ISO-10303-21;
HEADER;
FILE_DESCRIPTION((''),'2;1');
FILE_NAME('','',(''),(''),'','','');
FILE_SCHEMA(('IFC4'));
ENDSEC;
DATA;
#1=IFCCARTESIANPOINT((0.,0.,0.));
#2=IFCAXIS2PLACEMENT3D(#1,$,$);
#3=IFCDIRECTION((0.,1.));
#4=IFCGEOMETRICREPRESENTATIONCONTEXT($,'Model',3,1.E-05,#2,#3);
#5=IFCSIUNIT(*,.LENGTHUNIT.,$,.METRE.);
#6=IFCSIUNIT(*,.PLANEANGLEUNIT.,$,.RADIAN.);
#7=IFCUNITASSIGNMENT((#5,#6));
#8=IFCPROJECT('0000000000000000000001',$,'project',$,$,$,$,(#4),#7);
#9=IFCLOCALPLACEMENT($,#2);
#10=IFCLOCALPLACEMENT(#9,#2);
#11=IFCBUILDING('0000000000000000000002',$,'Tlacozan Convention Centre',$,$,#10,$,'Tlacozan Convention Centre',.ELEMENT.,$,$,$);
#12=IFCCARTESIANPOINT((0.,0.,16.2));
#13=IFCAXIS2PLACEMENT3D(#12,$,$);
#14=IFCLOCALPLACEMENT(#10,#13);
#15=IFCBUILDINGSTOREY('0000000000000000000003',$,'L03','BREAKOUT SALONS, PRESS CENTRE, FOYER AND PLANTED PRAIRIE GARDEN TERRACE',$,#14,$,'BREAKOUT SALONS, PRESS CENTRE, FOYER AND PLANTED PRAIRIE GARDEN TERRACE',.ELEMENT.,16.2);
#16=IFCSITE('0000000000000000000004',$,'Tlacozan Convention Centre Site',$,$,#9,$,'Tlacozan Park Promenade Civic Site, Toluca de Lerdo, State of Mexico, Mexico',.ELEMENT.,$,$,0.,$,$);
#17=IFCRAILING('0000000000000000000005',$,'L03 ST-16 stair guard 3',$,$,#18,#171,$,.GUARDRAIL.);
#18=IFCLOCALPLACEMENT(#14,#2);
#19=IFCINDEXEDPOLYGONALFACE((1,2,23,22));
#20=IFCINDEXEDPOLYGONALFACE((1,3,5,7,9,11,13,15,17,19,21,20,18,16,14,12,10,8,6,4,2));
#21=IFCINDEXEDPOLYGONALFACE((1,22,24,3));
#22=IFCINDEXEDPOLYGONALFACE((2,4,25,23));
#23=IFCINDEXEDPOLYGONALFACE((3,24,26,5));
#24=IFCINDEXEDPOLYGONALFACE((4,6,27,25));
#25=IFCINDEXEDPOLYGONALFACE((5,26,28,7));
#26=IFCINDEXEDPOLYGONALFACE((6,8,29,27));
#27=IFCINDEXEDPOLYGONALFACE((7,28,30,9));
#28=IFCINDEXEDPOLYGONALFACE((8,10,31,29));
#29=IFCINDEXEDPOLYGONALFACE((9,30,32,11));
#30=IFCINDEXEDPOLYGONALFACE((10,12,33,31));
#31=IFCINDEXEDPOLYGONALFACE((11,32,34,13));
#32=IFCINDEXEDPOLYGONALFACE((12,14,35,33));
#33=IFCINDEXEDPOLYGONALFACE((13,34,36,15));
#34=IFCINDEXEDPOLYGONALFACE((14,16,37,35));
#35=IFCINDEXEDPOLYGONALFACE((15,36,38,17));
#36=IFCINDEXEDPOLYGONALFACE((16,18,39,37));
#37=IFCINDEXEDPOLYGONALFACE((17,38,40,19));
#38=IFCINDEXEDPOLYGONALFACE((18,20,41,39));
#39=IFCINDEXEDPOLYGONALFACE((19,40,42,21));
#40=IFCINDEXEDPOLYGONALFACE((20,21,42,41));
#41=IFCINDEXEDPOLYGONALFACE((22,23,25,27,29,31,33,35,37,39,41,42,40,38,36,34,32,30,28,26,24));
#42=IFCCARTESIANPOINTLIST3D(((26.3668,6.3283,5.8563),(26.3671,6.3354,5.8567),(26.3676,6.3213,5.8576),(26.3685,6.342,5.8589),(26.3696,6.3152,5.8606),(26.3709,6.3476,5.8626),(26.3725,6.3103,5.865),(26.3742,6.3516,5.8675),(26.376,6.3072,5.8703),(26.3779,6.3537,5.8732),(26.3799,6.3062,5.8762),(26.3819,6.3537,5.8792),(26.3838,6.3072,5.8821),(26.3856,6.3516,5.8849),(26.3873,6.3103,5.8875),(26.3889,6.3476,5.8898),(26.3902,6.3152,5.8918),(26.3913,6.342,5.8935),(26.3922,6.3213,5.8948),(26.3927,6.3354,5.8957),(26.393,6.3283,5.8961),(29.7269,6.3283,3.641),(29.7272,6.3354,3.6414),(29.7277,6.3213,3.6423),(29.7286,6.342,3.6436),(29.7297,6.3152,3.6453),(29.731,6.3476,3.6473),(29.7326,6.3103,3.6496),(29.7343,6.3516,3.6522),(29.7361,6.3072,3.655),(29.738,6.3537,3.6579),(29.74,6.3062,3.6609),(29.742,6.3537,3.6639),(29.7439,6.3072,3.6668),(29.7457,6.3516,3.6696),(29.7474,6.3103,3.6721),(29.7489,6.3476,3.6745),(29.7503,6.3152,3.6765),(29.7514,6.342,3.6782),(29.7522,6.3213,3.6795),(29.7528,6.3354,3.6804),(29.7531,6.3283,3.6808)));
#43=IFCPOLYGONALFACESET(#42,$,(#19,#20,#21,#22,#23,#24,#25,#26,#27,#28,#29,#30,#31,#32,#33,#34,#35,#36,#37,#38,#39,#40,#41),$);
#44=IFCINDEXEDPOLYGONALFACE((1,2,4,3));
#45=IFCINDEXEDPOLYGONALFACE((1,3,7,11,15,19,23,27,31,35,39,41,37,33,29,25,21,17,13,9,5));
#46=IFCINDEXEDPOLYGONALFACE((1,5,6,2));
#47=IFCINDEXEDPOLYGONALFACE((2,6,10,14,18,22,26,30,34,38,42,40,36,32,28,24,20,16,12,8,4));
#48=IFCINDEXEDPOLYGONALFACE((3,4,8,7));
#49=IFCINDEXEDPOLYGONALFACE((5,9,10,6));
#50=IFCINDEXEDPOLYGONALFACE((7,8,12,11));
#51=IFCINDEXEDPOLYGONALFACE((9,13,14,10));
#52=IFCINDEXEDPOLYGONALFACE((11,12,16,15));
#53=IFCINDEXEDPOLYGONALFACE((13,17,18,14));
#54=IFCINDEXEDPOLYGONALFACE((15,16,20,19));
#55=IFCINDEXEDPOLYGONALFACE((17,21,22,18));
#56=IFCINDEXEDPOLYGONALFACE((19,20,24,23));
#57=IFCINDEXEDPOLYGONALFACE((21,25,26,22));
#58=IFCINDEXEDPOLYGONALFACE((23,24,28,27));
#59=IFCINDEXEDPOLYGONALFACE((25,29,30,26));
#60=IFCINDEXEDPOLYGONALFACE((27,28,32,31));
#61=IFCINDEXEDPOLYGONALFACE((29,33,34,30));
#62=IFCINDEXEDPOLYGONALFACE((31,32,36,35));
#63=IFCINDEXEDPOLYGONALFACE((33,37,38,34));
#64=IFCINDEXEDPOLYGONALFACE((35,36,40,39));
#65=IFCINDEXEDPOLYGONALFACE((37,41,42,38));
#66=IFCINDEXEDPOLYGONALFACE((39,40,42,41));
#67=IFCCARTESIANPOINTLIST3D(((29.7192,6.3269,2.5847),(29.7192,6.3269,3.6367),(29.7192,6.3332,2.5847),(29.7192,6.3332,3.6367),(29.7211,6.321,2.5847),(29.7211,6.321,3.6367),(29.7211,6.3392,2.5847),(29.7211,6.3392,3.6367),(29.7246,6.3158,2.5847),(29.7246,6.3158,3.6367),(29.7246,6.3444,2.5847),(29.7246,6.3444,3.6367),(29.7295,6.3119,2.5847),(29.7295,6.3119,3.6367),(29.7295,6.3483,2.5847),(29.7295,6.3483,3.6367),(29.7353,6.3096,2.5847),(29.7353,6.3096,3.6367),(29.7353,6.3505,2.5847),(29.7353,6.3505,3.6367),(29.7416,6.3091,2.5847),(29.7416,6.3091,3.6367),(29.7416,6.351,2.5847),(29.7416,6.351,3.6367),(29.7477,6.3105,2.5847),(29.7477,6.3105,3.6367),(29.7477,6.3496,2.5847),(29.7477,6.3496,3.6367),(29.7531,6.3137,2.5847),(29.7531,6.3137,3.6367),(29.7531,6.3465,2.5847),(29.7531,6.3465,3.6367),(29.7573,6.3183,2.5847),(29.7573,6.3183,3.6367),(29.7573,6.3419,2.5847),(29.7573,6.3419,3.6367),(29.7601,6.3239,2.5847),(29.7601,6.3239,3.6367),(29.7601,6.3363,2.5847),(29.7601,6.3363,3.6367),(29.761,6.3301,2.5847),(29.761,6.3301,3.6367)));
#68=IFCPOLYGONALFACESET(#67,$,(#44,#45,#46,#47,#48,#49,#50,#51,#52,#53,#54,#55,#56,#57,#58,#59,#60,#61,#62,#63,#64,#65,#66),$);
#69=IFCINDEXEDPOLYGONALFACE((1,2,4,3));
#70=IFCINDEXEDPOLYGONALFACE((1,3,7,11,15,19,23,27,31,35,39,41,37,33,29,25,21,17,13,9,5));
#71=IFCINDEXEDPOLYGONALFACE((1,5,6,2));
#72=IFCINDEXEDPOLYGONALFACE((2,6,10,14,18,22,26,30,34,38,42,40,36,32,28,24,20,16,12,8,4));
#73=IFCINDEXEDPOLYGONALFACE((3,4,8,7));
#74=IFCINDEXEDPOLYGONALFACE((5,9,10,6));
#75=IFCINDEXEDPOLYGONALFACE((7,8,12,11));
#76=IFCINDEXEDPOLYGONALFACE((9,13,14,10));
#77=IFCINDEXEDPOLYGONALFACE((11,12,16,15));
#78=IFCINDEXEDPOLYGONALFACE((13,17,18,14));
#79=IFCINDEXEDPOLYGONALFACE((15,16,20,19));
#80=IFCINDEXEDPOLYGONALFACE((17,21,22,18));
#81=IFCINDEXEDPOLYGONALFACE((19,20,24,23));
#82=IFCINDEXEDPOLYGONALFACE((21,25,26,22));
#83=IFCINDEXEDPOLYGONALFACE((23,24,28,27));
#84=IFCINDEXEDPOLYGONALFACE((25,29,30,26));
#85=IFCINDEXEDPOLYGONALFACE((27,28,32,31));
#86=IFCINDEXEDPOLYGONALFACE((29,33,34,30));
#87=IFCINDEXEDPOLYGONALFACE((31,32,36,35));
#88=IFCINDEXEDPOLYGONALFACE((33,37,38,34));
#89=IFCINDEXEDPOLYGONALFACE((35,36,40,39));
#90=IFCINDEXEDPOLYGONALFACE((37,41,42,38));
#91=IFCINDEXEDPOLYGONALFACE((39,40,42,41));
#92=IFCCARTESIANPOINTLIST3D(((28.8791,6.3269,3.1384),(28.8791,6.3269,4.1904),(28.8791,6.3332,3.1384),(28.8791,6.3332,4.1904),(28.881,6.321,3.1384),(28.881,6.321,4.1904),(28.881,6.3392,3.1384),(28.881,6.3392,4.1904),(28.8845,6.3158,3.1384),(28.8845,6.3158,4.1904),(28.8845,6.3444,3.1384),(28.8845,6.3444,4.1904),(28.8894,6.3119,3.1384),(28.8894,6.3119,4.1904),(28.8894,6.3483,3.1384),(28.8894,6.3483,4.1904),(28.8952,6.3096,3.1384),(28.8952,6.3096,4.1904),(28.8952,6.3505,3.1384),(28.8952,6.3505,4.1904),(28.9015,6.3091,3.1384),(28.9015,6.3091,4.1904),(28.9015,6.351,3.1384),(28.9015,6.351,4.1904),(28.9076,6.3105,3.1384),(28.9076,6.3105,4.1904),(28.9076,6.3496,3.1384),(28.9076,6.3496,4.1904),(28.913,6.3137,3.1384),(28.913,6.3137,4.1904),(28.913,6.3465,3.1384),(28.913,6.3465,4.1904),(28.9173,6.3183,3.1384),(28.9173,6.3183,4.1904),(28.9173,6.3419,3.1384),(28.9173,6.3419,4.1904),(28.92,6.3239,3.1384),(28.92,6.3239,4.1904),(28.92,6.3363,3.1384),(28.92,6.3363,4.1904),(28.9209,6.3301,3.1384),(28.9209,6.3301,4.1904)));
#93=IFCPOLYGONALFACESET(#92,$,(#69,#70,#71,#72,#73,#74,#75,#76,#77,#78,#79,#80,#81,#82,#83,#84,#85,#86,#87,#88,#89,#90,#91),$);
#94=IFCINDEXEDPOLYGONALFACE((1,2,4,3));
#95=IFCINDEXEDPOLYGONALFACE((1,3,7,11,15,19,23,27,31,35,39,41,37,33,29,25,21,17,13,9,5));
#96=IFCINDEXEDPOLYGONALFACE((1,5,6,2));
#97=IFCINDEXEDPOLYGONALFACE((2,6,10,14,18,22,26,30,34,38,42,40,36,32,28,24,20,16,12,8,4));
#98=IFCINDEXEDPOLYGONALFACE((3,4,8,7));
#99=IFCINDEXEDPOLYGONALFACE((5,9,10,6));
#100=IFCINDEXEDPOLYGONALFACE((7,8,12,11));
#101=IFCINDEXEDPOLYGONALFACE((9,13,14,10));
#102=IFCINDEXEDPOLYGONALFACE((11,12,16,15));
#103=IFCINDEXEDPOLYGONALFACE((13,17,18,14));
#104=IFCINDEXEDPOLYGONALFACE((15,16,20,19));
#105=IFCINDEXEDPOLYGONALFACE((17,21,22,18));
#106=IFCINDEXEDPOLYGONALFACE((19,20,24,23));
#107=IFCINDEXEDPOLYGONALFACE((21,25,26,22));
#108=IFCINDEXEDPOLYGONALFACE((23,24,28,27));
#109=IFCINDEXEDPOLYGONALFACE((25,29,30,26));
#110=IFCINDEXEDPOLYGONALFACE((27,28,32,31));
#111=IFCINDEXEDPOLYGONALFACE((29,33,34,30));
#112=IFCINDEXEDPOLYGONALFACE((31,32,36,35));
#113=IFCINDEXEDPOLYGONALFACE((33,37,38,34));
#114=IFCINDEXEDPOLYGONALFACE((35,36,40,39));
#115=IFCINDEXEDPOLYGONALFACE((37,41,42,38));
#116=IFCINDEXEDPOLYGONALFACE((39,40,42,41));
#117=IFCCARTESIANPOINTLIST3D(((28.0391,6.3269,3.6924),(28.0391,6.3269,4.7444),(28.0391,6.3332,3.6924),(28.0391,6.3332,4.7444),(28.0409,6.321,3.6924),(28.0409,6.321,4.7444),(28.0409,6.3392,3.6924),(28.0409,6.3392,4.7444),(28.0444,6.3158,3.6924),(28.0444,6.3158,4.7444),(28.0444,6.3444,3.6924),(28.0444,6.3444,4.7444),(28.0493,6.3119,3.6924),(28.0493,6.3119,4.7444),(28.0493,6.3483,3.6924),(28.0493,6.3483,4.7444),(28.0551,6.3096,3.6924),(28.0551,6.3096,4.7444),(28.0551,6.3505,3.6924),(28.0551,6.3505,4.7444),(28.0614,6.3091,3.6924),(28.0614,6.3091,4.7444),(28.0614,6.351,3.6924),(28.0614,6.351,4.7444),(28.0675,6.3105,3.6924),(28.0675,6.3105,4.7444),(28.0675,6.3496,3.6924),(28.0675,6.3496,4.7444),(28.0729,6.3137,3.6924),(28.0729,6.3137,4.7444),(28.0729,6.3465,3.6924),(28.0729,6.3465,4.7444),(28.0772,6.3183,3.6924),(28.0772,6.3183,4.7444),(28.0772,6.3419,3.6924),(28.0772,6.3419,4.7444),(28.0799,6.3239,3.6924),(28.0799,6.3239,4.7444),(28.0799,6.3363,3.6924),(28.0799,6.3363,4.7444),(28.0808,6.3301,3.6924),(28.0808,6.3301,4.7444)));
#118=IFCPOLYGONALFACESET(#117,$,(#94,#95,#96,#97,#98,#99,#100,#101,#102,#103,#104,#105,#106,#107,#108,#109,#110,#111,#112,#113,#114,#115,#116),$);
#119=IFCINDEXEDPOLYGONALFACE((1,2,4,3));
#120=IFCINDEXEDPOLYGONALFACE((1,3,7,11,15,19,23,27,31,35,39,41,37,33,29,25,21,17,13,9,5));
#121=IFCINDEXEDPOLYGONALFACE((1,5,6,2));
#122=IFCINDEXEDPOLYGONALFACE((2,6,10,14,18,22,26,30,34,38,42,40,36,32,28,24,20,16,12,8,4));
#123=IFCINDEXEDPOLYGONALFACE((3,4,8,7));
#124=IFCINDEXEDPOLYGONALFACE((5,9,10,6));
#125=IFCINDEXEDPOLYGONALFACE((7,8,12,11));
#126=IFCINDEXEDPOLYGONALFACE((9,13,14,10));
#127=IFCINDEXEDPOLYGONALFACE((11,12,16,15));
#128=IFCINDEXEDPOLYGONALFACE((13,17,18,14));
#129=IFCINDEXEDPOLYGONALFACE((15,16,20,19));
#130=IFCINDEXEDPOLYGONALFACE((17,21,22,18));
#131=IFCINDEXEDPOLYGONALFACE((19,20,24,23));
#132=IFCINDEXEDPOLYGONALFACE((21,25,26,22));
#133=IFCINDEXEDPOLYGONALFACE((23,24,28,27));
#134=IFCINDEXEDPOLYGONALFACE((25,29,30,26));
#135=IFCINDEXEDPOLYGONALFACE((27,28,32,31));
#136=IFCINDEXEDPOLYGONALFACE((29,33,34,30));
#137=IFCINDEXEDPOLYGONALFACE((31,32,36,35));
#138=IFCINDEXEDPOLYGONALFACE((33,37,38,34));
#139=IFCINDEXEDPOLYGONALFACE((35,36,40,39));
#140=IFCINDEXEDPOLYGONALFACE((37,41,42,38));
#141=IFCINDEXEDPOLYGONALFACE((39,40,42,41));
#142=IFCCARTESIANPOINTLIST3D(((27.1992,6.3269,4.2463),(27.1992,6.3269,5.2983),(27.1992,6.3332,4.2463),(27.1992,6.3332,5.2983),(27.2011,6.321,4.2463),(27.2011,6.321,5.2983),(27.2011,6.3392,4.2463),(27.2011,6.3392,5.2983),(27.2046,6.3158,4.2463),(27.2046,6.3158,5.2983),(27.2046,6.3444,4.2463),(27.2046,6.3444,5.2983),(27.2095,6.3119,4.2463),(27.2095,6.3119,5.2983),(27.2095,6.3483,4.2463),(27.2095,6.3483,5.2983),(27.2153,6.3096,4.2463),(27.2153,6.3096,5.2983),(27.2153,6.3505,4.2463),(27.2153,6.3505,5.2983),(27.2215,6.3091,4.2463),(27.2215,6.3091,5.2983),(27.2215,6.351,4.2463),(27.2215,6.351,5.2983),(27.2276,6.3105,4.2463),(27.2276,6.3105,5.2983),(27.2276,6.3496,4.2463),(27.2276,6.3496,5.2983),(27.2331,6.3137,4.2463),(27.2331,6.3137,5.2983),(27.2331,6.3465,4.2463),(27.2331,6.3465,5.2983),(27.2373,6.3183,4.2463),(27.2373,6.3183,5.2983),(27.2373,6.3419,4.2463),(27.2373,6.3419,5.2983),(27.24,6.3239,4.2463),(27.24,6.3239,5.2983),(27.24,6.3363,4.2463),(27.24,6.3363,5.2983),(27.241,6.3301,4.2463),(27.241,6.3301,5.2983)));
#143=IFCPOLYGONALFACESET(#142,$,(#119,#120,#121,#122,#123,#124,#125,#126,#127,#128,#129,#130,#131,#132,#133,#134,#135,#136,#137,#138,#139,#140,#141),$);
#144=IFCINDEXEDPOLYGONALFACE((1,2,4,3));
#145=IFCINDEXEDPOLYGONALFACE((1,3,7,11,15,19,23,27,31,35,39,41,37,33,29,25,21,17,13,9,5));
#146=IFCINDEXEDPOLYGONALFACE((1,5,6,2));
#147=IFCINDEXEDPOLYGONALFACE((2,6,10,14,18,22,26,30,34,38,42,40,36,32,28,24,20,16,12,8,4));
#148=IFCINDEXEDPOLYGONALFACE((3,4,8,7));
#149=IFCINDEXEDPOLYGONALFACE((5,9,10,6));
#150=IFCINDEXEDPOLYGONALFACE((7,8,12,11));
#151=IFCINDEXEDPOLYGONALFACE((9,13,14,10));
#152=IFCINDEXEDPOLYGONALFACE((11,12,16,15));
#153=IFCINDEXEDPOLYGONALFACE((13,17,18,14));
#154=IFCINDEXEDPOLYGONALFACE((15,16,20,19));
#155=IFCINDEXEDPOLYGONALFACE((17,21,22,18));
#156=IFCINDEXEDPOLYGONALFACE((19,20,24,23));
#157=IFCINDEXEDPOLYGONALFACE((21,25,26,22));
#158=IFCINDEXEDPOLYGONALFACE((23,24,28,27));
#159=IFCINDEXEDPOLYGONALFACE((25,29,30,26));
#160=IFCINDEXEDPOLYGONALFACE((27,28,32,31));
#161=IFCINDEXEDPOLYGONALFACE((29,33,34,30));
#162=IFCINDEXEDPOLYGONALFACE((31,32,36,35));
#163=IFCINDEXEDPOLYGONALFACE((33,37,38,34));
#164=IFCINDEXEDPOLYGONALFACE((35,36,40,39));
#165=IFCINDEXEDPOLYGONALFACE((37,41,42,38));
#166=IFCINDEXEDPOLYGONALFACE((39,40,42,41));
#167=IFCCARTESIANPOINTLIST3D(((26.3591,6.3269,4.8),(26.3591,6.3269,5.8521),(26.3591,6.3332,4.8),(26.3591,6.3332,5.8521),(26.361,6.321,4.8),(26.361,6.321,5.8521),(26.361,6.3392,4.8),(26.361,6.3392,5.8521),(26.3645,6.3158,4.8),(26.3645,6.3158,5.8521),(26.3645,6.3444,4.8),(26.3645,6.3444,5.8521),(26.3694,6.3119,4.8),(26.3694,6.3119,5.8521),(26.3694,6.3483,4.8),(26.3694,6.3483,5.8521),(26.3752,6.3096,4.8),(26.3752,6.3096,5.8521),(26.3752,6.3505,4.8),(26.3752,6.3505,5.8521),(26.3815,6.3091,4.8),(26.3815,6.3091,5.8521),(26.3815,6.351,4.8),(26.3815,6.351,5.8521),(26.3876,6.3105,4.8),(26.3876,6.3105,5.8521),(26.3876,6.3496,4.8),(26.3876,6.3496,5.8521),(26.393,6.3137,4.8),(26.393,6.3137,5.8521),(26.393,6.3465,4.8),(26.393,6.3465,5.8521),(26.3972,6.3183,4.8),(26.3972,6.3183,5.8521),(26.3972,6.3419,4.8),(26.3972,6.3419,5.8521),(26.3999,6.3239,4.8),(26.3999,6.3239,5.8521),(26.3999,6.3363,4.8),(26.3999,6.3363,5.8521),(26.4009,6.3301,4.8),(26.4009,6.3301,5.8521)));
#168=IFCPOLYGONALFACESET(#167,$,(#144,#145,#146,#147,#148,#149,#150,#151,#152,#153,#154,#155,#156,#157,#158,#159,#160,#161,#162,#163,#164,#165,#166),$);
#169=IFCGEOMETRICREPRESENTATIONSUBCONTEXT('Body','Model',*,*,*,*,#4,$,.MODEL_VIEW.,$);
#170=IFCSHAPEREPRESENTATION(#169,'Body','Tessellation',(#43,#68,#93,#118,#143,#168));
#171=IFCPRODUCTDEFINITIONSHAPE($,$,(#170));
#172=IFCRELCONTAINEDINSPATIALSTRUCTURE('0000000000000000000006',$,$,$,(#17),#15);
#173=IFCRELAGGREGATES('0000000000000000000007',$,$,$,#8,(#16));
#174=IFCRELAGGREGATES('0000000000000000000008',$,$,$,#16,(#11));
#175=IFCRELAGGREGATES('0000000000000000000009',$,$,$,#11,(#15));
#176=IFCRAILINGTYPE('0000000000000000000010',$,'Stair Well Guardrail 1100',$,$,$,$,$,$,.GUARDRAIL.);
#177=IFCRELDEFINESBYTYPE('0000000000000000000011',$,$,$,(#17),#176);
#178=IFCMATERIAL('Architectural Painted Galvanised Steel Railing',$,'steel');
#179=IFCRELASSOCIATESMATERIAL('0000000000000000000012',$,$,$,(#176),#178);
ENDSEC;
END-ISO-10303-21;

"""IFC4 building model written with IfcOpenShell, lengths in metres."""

from ifc_helpers import new_model, si_unit, direction, frame, origin, origin_2d, place, context, subcontext, project, spatial, circle, extrude, material, type_object, element, save


model = new_model("IFC4")

# Units and contexts
model_context = context("Model", 3, precision=1e-05, world=origin(), true_north=direction((0.0, 1.0)))
body_context = subcontext(model_context, "Body", "Model", "MODEL_VIEW")
ifc_project = project(units=[si_unit("LENGTHUNIT", "METRE"), si_unit("PLANEANGLEUNIT", "RADIAN")], contexts=[model_context])

# Site, building, storey
site_placement = place(None, origin())
site = spatial("IfcSite", under=ifc_project, at=site_placement, Name="Tlacozan Convention Centre Site", LongName="Tlacozan Park Promenade Civic Site, Toluca de Lerdo, State of Mexico, Mexico", CompositionType="ELEMENT", RefElevation=0.0)
building_placement = place(site_placement, origin())
building = spatial("IfcBuilding", under=site, at=building_placement, Name="Tlacozan Convention Centre", LongName="Tlacozan Convention Centre", CompositionType="ELEMENT")
storey_placement = place(building_placement, frame((0.0, 0.0, 16.2)))
storey = spatial("IfcBuildingStorey", under=building, at=storey_placement, Name="L03", Description="BREAKOUT SALONS, PRESS CENTRE, FOYER AND PLANTED PRAIRIE GARDEN TERRACE", LongName="BREAKOUT SALONS, PRESS CENTRE, FOYER AND PLANTED PRAIRIE GARDEN TERRACE", CompositionType="ELEMENT", Elevation=16.2)

# Railing
ifc_material_1 = material(Name="Architectural Painted Galvanised Steel Railing", Category="steel")
railing_type_1 = type_object("IfcRailingType", Name="Stair Well Guardrail 1100", PredefinedType="GUARDRAIL", material=ifc_material_1)
railing_1_placement = place(storey_placement, frame((29.74, 6.3301, 2.5847)))
element("IfcRailing", 1, at=railing_1_placement, inside=storey, type_object=railing_type_1, Name="L03 ST-16 stair guard 3", PredefinedType="GUARDRAIL", context=body_context, shape_type="SweptSolid", body=[
    extrude(circle(Radius=0.0239, at=origin_2d()), frame((0.0, 0.0, 1.0762), z_axis=(-0.834876, 0.0, 0.550437), x_axis=(0.0, -1.0, 0.0)), (0.0, 0.0, 1.0), 4.0247),
    extrude(circle(Radius=0.021, at=origin_2d()), origin(), (0.0, 0.0, 1.0), 1.052),
    extrude(circle(Radius=0.021, at=origin_2d()), frame((-0.8401, 0.0, 0.5537)), (0.0, 0.0, 1.0), 1.052),
    extrude(circle(Radius=0.021, at=origin_2d()), frame((-1.6802, 0.0, 1.1077)), (0.0, 0.0, 1.0), 1.052),
    extrude(circle(Radius=0.021, at=origin_2d()), frame((-2.52, 0.0, 1.6616)), (0.0, 0.0, 1.0), 1.052),
    extrude(circle(Radius=0.021, at=origin_2d()), frame((-3.3601, 0.0, 2.2153)), (0.0, 0.0, 1.0), 1.052),
])

save(model, "model.ifc")
